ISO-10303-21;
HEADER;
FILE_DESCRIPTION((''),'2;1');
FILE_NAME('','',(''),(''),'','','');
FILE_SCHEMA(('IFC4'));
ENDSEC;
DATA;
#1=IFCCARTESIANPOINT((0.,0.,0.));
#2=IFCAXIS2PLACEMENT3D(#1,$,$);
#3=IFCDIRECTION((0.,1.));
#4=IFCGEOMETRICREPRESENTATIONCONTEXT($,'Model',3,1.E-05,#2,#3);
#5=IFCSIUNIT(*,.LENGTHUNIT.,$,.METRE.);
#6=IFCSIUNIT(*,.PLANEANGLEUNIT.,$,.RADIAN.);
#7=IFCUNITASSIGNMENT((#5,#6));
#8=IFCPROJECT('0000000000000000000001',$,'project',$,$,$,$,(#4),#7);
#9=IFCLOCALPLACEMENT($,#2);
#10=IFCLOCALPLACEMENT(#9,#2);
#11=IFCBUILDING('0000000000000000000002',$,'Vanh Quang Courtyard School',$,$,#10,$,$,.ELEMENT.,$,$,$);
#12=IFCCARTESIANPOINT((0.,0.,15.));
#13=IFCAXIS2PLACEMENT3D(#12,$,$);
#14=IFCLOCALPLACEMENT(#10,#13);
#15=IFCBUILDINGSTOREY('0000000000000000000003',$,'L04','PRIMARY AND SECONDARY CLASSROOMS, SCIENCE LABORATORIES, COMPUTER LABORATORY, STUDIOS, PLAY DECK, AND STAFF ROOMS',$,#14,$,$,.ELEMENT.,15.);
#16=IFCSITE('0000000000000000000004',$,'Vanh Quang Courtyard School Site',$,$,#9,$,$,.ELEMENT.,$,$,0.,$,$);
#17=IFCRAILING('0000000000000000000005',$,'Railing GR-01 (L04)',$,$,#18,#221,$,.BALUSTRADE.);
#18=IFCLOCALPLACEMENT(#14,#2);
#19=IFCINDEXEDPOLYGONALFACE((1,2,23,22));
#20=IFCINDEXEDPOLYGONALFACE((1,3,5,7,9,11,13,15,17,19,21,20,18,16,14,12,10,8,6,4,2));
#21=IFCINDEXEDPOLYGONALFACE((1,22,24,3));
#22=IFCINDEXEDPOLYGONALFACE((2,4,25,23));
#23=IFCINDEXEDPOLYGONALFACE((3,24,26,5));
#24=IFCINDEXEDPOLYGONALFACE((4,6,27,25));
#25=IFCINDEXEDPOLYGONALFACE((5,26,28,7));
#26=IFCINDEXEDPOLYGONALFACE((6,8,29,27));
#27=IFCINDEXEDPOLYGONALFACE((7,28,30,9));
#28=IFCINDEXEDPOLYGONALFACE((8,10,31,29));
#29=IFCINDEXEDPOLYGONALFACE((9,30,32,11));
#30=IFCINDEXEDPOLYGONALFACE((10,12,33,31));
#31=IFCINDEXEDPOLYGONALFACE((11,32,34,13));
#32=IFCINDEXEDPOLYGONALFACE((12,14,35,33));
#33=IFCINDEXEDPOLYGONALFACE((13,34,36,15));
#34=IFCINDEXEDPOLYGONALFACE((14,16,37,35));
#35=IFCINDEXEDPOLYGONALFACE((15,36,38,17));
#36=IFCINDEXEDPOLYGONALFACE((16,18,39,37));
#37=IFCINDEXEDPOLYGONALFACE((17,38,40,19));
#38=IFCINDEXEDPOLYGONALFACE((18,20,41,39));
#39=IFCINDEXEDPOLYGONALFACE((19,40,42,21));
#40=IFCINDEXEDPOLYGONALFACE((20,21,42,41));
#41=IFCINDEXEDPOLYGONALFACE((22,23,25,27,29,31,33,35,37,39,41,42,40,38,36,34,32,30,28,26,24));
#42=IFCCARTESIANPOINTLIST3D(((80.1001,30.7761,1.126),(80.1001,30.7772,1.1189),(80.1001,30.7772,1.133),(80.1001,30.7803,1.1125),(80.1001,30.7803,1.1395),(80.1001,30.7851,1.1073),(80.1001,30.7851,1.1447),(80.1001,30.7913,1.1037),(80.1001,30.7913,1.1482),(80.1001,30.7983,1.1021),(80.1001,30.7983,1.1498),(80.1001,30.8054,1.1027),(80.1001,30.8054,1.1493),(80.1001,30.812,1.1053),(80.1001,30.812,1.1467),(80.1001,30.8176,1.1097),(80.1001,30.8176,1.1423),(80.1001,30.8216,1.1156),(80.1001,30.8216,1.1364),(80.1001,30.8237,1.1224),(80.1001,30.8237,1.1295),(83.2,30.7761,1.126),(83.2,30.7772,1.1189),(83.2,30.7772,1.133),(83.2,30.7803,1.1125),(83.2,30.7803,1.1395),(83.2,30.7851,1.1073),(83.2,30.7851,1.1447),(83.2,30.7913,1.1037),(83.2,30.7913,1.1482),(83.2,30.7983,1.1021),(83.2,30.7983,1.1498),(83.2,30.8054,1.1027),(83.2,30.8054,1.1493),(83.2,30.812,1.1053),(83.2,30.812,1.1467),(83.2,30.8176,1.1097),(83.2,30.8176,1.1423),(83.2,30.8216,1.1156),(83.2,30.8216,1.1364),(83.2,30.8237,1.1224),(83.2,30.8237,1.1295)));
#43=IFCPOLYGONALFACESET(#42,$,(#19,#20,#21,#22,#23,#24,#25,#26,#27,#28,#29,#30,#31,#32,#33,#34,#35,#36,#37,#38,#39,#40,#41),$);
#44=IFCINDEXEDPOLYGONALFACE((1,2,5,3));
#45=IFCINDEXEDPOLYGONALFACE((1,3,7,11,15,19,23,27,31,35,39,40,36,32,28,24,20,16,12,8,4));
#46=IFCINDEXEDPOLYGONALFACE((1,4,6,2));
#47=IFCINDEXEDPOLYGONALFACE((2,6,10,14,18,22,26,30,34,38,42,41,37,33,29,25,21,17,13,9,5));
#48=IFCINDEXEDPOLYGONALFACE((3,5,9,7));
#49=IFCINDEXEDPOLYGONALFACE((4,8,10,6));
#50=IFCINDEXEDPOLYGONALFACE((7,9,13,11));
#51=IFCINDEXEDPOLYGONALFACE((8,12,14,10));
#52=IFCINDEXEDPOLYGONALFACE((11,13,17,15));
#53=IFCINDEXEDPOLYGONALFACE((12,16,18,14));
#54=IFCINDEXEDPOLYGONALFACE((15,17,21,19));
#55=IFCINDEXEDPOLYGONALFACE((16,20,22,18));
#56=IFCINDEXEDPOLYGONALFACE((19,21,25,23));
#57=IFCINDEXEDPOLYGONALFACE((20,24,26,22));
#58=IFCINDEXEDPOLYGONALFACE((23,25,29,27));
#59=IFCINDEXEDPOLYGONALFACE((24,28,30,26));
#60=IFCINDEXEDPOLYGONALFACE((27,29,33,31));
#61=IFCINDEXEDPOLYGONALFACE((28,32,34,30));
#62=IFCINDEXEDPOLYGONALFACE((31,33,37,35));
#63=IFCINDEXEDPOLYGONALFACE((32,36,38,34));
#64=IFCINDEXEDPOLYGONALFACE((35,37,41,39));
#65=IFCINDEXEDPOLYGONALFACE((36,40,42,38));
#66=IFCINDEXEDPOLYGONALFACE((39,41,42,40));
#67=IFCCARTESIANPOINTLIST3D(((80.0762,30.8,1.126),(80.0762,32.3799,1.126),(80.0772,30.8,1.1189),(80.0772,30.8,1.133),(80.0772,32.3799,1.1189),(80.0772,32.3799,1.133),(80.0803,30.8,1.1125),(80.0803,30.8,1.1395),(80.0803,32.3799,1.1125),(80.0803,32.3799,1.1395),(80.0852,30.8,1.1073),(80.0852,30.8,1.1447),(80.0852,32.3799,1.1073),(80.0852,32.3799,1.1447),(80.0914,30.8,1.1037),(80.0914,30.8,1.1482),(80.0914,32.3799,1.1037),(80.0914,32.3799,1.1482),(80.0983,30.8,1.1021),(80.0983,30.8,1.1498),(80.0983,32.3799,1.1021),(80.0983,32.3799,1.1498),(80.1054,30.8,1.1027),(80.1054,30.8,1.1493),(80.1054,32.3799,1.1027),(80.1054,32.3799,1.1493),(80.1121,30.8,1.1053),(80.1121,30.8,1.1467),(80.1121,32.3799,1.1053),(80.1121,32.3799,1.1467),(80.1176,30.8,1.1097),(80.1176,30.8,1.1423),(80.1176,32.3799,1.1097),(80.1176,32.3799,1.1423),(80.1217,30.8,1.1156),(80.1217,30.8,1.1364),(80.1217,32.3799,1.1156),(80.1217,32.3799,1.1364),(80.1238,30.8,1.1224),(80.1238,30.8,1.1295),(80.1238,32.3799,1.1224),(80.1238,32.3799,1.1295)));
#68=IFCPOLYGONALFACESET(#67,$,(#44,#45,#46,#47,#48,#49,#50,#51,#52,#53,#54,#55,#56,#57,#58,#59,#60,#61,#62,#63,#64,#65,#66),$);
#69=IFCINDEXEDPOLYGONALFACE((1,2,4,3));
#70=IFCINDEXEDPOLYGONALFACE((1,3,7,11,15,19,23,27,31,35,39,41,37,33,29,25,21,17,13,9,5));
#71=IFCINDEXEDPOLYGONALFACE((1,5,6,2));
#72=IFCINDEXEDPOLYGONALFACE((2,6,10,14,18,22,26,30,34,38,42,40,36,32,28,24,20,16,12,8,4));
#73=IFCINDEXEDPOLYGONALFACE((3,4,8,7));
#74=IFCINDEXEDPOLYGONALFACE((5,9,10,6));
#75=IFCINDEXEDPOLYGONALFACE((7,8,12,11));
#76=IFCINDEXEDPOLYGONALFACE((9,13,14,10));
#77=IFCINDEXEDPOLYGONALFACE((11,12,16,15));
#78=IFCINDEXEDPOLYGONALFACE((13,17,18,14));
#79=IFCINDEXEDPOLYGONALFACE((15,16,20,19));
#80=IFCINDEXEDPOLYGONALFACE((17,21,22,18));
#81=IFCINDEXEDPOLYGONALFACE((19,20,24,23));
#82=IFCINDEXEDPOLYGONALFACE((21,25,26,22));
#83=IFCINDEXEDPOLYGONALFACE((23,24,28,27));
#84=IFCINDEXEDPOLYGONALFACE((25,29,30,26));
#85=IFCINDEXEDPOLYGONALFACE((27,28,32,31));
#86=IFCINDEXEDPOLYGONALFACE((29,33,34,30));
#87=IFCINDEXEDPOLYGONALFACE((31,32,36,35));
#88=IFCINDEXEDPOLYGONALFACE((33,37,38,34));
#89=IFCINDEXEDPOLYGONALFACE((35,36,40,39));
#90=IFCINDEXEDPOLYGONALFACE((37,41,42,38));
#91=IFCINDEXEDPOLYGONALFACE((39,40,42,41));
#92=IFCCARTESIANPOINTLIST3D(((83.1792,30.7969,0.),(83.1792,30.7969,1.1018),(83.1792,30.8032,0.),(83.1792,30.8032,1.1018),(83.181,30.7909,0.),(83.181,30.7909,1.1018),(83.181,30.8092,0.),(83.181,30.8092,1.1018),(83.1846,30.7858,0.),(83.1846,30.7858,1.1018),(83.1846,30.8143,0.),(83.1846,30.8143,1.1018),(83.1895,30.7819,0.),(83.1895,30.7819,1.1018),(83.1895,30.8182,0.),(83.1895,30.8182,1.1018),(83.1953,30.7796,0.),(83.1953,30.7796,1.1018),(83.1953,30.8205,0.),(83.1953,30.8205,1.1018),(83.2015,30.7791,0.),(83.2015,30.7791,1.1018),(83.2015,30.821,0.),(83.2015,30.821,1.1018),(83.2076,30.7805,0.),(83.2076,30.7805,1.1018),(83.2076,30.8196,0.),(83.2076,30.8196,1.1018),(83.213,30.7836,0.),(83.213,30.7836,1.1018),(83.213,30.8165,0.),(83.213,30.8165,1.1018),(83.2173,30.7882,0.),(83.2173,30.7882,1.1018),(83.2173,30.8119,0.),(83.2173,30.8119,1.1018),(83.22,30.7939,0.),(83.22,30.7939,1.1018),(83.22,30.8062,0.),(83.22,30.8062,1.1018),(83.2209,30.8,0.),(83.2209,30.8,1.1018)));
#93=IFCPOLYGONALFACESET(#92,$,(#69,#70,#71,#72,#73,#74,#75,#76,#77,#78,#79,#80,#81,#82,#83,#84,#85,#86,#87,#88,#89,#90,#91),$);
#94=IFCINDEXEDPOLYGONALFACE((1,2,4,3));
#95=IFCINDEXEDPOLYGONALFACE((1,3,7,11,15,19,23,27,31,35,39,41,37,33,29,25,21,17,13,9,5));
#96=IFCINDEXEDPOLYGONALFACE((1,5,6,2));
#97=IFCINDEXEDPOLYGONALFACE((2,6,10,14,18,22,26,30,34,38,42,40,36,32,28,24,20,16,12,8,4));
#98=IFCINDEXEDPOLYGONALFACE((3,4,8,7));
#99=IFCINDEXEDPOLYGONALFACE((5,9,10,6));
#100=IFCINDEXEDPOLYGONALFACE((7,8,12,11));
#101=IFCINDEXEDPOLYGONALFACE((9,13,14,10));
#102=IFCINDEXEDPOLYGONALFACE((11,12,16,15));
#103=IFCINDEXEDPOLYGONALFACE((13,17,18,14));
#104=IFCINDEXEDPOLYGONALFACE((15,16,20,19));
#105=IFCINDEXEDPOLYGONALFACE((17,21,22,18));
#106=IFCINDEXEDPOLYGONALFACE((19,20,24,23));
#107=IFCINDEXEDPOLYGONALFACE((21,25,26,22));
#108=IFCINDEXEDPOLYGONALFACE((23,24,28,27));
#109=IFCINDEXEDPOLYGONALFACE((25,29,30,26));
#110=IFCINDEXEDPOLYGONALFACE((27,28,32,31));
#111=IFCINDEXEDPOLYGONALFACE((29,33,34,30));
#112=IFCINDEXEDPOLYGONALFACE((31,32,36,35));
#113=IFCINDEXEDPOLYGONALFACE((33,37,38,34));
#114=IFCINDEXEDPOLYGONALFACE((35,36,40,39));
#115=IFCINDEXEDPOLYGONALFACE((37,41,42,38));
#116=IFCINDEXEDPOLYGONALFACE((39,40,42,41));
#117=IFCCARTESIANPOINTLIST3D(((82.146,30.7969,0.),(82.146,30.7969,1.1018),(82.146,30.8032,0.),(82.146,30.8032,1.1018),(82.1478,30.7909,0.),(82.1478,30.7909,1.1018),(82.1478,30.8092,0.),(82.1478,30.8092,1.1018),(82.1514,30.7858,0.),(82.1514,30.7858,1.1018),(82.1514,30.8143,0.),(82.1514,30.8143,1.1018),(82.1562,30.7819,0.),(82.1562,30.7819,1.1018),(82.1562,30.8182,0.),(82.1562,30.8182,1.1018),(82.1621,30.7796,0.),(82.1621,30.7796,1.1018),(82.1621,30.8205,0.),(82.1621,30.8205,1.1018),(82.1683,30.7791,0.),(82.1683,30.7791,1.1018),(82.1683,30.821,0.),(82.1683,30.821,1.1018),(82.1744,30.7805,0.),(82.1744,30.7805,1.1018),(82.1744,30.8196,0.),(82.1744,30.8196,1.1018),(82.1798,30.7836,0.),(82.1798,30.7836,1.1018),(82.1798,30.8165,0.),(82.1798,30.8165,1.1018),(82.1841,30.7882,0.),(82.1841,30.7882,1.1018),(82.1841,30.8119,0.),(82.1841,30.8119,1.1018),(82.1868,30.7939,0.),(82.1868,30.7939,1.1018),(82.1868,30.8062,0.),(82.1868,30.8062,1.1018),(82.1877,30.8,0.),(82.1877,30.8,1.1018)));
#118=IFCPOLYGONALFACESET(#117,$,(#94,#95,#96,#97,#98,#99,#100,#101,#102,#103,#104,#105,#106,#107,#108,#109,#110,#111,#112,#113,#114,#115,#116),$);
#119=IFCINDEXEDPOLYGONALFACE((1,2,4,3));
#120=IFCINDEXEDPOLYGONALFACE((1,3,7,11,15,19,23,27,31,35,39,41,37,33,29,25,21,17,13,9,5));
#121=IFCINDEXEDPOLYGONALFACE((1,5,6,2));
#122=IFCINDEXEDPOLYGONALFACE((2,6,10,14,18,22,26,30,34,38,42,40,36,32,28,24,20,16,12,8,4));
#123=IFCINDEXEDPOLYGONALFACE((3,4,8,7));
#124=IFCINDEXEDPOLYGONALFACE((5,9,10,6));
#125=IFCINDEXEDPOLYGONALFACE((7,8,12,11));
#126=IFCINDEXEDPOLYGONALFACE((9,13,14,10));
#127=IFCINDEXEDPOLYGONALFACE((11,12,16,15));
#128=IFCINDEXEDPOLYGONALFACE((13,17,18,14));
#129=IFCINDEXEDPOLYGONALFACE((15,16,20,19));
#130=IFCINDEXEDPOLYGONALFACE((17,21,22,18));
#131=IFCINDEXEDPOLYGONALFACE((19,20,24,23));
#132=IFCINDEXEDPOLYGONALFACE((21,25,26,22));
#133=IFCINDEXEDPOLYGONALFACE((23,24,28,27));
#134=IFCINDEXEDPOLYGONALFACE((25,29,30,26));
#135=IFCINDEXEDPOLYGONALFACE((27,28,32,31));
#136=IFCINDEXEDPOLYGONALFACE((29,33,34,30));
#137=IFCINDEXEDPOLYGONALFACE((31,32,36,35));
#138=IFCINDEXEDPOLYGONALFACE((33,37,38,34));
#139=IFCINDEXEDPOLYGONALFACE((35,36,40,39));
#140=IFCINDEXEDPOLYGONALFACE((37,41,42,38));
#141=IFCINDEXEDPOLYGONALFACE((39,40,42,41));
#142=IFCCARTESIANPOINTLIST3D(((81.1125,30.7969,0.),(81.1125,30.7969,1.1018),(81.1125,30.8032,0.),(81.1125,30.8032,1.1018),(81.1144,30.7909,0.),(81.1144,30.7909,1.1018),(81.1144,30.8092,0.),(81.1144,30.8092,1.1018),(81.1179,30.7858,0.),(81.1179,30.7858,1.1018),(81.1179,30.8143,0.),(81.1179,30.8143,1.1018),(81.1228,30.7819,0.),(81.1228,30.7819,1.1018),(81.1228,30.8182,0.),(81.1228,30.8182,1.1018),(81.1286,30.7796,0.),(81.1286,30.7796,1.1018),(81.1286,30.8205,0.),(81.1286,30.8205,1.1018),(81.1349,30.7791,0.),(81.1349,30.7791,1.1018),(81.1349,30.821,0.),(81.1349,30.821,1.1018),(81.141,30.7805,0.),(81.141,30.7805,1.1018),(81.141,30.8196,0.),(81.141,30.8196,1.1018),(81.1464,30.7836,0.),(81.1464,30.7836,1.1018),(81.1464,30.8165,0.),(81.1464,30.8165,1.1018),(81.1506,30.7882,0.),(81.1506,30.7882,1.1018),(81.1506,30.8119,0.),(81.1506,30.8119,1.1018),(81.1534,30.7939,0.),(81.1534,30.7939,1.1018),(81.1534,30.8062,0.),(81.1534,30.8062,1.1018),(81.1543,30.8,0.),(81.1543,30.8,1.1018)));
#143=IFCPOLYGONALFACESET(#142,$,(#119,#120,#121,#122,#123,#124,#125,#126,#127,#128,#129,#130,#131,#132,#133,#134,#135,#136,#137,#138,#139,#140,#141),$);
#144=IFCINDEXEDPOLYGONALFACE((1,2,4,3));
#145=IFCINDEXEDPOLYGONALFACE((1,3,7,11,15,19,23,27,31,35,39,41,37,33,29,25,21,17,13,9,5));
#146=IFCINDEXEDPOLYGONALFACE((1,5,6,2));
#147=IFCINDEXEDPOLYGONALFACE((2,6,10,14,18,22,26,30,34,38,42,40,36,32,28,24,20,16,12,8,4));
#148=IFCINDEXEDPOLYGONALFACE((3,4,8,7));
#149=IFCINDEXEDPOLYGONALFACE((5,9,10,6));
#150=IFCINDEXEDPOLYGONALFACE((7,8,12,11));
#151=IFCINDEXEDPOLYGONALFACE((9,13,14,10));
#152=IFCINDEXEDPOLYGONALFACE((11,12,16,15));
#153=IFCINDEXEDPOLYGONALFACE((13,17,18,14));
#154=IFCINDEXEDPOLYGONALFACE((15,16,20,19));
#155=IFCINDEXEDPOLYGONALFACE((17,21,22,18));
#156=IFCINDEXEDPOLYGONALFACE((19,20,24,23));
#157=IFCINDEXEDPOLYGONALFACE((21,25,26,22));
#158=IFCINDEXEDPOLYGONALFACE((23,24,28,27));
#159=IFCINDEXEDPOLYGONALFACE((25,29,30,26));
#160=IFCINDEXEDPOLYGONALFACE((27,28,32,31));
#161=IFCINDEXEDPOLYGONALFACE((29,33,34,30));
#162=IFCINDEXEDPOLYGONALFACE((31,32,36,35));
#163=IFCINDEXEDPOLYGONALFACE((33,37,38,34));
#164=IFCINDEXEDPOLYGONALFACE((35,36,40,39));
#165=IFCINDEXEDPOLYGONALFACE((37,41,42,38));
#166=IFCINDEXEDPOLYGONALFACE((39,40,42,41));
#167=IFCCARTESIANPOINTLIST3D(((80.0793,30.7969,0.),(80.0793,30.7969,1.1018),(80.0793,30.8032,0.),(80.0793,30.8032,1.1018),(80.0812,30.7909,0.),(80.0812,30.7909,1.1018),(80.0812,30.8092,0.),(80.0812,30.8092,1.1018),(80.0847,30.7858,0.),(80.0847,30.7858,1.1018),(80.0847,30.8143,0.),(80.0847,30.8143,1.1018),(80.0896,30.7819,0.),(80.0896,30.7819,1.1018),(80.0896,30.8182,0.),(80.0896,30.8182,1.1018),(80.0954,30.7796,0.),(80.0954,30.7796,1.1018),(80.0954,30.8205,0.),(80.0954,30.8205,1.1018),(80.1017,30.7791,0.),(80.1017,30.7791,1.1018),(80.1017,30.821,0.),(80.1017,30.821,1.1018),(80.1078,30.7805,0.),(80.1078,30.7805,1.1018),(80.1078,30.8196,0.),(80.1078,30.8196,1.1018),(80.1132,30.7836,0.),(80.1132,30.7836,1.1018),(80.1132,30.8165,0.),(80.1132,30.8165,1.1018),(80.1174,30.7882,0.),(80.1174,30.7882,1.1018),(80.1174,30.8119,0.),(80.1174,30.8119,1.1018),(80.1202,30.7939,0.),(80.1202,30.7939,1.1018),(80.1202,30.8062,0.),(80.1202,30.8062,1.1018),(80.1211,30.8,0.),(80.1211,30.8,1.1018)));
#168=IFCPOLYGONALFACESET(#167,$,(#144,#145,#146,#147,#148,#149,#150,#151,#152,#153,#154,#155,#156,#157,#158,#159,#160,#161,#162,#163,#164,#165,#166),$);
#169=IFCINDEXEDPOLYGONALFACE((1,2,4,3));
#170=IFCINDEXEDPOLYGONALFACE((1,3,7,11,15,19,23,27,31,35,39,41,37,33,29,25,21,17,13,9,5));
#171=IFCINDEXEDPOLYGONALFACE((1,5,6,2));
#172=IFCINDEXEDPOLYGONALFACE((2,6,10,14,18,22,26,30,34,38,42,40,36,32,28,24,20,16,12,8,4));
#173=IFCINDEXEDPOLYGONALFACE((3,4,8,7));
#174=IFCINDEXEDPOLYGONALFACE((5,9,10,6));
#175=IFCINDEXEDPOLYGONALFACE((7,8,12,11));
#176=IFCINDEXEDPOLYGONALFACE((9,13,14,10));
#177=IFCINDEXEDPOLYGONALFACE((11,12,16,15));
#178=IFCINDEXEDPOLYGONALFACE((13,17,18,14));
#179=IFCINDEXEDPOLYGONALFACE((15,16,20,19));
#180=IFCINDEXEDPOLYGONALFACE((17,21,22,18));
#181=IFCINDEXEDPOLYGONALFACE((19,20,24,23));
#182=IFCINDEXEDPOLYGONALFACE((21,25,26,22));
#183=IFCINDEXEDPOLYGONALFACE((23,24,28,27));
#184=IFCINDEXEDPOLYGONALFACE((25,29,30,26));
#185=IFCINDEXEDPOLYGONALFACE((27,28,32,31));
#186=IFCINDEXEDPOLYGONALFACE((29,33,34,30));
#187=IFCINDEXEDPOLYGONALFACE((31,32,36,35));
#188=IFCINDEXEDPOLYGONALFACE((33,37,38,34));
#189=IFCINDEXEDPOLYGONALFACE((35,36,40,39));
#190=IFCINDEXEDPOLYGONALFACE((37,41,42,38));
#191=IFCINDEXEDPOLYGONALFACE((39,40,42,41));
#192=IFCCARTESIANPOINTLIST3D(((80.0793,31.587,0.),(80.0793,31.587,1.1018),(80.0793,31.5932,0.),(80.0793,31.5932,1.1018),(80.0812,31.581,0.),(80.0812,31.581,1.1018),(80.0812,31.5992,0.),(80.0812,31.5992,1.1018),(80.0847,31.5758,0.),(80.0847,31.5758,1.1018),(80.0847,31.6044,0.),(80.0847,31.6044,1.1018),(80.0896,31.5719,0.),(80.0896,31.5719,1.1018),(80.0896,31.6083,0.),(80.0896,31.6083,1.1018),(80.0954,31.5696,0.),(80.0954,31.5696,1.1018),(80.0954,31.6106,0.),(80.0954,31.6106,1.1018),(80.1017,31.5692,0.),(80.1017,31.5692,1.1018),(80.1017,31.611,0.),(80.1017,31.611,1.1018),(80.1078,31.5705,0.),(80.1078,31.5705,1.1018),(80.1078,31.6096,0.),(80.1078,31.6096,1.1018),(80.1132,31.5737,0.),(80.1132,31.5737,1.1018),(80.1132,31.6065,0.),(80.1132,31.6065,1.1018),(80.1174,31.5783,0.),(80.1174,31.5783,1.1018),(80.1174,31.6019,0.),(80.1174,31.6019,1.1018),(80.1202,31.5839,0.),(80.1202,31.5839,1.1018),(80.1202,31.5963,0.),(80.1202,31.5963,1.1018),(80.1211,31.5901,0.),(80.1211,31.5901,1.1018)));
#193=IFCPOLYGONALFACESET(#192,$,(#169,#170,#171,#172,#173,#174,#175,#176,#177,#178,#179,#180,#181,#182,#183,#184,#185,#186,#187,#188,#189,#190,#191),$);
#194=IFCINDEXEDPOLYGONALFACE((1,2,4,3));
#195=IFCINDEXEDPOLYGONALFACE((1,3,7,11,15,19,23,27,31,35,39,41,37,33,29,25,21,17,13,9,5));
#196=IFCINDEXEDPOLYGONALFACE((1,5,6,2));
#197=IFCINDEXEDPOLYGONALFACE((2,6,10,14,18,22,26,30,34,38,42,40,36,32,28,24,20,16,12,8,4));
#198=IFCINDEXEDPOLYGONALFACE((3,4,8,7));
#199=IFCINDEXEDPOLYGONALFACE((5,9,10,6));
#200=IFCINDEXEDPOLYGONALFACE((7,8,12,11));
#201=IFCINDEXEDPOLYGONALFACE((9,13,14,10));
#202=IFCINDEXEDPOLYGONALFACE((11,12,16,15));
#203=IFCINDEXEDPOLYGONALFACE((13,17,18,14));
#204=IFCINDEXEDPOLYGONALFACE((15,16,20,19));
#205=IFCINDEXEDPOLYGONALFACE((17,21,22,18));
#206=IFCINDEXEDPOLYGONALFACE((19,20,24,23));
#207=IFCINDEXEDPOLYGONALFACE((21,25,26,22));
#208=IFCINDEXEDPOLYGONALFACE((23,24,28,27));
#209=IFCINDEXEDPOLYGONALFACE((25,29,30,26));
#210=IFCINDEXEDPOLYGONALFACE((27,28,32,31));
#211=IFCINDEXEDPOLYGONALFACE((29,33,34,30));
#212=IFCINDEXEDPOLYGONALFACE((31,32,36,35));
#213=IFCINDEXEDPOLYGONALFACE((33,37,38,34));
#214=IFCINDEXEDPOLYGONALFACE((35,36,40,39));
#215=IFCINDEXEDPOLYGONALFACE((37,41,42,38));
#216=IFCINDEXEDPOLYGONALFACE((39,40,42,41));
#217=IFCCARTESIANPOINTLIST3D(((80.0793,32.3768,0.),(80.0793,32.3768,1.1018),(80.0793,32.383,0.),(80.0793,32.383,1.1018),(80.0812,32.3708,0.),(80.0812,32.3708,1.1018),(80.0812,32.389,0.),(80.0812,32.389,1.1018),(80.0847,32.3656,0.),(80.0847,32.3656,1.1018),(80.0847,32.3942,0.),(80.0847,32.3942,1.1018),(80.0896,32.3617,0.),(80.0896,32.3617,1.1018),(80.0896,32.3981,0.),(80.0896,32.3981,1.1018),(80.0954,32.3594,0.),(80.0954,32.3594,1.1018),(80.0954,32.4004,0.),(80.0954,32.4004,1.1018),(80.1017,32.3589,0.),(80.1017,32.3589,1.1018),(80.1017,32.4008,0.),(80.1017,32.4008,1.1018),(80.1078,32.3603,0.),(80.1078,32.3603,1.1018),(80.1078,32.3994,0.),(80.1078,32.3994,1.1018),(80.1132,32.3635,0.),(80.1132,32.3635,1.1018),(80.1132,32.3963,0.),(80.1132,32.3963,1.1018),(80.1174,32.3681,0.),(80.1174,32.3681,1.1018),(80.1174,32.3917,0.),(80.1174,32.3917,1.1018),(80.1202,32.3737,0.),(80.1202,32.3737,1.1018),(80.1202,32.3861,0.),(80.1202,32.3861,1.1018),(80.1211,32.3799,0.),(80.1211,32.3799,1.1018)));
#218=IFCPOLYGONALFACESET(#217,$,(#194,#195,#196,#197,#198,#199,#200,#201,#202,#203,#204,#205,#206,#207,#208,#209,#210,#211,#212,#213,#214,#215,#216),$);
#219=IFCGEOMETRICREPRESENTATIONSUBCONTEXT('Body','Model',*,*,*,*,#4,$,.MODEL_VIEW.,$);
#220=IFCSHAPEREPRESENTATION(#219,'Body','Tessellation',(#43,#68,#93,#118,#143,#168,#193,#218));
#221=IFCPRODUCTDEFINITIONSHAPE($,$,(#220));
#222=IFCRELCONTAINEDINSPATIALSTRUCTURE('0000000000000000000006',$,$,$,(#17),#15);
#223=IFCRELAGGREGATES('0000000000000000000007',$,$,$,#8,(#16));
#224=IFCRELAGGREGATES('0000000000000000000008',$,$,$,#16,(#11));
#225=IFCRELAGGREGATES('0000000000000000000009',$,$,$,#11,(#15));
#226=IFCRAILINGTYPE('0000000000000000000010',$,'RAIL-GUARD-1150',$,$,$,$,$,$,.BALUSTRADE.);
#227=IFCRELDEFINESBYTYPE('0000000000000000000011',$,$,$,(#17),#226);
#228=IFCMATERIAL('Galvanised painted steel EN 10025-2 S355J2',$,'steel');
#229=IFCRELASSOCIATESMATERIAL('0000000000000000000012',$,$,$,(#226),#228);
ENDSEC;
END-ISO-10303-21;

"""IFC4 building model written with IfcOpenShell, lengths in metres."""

from ifc_helpers import new_model, si_unit, direction, frame, origin, origin_2d, place, context, subcontext, project, spatial, circle, extrude, material, type_object, element, save


model = new_model("IFC4")

# Units and contexts
model_context = context("Model", 3, precision=1e-05, world=origin(), true_north=direction((0.0, 1.0)))
body_context = subcontext(model_context, "Body", "Model", "MODEL_VIEW")
ifc_project = project(units=[si_unit("LENGTHUNIT", "METRE"), si_unit("PLANEANGLEUNIT", "RADIAN")], contexts=[model_context])

# Site, building, storey
site_placement = place(None, origin())
site = spatial("IfcSite", under=ifc_project, at=site_placement, Name="Vanh Quang Courtyard School Site", CompositionType="ELEMENT", RefElevation=0.0)
building_placement = place(site_placement, origin())
building = spatial("IfcBuilding", under=site, at=building_placement, Name="Vanh Quang Courtyard School", CompositionType="ELEMENT")
storey_placement = place(building_placement, frame((0.0, 0.0, 15.0)))
storey = spatial("IfcBuildingStorey", under=building, at=storey_placement, Name="L04", Description="PRIMARY AND SECONDARY CLASSROOMS, SCIENCE LABORATORIES, COMPUTER LABORATORY, STUDIOS, PLAY DECK, AND STAFF ROOMS", CompositionType="ELEMENT", Elevation=15.0)

# Railing
ifc_material_1 = material(Name="Galvanised painted steel EN 10025-2 S355J2", Category="steel")
railing_type = type_object("IfcRailingType", Name="RAIL-GUARD-1150", PredefinedType="BALUSTRADE", material=ifc_material_1)
railing_1_placement = place(storey_placement, frame((83.2, 30.8, 0.0)))
element("IfcRailing", 1, at=railing_1_placement, inside=storey, type_object=railing_type, Name="Railing GR-01 (L04)", PredefinedType="BALUSTRADE", context=body_context, shape_type="SweptSolid", body=[
    extrude(circle(Radius=0.0239, at=origin_2d()), frame((0.0, 0.0, 1.126), z_axis=(-1.0, 0.0, 0.0), x_axis=(0.0, -1.0, 0.0)), (0.0, 0.0, 1.0), 3.0999),
    extrude(circle(Radius=0.0239, at=origin_2d()), frame((-3.0999, 0.0, 1.126), z_axis=(0.0, 1.0, 0.0), x_axis=(-1.0, 0.0, 0.0)), (0.0, 0.0, 1.0), 1.5798),
    extrude(circle(Radius=0.021, at=origin_2d()), origin(), (0.0, 0.0, 1.0), 1.1018),
    extrude(circle(Radius=0.021, at=origin_2d()), frame((-1.0332, 0.0, 0.0)), (0.0, 0.0, 1.0), 1.1018),
    extrude(circle(Radius=0.021, at=origin_2d()), frame((-2.0667, 0.0, 0.0)), (0.0, 0.0, 1.0), 1.1018),
    extrude(circle(Radius=0.021, at=origin_2d()), frame((-3.0999, 0.0, 0.0)), (0.0, 0.0, 1.0), 1.1018),
    extrude(circle(Radius=0.021, at=origin_2d()), frame((-3.0999, 0.79, 0.0)), (0.0, 0.0, 1.0), 1.1018),
    extrude(circle(Radius=0.021, at=origin_2d()), frame((-3.0999, 1.5798, 0.0)), (0.0, 0.0, 1.0), 1.1018),
])

save(model, "model.ifc")
